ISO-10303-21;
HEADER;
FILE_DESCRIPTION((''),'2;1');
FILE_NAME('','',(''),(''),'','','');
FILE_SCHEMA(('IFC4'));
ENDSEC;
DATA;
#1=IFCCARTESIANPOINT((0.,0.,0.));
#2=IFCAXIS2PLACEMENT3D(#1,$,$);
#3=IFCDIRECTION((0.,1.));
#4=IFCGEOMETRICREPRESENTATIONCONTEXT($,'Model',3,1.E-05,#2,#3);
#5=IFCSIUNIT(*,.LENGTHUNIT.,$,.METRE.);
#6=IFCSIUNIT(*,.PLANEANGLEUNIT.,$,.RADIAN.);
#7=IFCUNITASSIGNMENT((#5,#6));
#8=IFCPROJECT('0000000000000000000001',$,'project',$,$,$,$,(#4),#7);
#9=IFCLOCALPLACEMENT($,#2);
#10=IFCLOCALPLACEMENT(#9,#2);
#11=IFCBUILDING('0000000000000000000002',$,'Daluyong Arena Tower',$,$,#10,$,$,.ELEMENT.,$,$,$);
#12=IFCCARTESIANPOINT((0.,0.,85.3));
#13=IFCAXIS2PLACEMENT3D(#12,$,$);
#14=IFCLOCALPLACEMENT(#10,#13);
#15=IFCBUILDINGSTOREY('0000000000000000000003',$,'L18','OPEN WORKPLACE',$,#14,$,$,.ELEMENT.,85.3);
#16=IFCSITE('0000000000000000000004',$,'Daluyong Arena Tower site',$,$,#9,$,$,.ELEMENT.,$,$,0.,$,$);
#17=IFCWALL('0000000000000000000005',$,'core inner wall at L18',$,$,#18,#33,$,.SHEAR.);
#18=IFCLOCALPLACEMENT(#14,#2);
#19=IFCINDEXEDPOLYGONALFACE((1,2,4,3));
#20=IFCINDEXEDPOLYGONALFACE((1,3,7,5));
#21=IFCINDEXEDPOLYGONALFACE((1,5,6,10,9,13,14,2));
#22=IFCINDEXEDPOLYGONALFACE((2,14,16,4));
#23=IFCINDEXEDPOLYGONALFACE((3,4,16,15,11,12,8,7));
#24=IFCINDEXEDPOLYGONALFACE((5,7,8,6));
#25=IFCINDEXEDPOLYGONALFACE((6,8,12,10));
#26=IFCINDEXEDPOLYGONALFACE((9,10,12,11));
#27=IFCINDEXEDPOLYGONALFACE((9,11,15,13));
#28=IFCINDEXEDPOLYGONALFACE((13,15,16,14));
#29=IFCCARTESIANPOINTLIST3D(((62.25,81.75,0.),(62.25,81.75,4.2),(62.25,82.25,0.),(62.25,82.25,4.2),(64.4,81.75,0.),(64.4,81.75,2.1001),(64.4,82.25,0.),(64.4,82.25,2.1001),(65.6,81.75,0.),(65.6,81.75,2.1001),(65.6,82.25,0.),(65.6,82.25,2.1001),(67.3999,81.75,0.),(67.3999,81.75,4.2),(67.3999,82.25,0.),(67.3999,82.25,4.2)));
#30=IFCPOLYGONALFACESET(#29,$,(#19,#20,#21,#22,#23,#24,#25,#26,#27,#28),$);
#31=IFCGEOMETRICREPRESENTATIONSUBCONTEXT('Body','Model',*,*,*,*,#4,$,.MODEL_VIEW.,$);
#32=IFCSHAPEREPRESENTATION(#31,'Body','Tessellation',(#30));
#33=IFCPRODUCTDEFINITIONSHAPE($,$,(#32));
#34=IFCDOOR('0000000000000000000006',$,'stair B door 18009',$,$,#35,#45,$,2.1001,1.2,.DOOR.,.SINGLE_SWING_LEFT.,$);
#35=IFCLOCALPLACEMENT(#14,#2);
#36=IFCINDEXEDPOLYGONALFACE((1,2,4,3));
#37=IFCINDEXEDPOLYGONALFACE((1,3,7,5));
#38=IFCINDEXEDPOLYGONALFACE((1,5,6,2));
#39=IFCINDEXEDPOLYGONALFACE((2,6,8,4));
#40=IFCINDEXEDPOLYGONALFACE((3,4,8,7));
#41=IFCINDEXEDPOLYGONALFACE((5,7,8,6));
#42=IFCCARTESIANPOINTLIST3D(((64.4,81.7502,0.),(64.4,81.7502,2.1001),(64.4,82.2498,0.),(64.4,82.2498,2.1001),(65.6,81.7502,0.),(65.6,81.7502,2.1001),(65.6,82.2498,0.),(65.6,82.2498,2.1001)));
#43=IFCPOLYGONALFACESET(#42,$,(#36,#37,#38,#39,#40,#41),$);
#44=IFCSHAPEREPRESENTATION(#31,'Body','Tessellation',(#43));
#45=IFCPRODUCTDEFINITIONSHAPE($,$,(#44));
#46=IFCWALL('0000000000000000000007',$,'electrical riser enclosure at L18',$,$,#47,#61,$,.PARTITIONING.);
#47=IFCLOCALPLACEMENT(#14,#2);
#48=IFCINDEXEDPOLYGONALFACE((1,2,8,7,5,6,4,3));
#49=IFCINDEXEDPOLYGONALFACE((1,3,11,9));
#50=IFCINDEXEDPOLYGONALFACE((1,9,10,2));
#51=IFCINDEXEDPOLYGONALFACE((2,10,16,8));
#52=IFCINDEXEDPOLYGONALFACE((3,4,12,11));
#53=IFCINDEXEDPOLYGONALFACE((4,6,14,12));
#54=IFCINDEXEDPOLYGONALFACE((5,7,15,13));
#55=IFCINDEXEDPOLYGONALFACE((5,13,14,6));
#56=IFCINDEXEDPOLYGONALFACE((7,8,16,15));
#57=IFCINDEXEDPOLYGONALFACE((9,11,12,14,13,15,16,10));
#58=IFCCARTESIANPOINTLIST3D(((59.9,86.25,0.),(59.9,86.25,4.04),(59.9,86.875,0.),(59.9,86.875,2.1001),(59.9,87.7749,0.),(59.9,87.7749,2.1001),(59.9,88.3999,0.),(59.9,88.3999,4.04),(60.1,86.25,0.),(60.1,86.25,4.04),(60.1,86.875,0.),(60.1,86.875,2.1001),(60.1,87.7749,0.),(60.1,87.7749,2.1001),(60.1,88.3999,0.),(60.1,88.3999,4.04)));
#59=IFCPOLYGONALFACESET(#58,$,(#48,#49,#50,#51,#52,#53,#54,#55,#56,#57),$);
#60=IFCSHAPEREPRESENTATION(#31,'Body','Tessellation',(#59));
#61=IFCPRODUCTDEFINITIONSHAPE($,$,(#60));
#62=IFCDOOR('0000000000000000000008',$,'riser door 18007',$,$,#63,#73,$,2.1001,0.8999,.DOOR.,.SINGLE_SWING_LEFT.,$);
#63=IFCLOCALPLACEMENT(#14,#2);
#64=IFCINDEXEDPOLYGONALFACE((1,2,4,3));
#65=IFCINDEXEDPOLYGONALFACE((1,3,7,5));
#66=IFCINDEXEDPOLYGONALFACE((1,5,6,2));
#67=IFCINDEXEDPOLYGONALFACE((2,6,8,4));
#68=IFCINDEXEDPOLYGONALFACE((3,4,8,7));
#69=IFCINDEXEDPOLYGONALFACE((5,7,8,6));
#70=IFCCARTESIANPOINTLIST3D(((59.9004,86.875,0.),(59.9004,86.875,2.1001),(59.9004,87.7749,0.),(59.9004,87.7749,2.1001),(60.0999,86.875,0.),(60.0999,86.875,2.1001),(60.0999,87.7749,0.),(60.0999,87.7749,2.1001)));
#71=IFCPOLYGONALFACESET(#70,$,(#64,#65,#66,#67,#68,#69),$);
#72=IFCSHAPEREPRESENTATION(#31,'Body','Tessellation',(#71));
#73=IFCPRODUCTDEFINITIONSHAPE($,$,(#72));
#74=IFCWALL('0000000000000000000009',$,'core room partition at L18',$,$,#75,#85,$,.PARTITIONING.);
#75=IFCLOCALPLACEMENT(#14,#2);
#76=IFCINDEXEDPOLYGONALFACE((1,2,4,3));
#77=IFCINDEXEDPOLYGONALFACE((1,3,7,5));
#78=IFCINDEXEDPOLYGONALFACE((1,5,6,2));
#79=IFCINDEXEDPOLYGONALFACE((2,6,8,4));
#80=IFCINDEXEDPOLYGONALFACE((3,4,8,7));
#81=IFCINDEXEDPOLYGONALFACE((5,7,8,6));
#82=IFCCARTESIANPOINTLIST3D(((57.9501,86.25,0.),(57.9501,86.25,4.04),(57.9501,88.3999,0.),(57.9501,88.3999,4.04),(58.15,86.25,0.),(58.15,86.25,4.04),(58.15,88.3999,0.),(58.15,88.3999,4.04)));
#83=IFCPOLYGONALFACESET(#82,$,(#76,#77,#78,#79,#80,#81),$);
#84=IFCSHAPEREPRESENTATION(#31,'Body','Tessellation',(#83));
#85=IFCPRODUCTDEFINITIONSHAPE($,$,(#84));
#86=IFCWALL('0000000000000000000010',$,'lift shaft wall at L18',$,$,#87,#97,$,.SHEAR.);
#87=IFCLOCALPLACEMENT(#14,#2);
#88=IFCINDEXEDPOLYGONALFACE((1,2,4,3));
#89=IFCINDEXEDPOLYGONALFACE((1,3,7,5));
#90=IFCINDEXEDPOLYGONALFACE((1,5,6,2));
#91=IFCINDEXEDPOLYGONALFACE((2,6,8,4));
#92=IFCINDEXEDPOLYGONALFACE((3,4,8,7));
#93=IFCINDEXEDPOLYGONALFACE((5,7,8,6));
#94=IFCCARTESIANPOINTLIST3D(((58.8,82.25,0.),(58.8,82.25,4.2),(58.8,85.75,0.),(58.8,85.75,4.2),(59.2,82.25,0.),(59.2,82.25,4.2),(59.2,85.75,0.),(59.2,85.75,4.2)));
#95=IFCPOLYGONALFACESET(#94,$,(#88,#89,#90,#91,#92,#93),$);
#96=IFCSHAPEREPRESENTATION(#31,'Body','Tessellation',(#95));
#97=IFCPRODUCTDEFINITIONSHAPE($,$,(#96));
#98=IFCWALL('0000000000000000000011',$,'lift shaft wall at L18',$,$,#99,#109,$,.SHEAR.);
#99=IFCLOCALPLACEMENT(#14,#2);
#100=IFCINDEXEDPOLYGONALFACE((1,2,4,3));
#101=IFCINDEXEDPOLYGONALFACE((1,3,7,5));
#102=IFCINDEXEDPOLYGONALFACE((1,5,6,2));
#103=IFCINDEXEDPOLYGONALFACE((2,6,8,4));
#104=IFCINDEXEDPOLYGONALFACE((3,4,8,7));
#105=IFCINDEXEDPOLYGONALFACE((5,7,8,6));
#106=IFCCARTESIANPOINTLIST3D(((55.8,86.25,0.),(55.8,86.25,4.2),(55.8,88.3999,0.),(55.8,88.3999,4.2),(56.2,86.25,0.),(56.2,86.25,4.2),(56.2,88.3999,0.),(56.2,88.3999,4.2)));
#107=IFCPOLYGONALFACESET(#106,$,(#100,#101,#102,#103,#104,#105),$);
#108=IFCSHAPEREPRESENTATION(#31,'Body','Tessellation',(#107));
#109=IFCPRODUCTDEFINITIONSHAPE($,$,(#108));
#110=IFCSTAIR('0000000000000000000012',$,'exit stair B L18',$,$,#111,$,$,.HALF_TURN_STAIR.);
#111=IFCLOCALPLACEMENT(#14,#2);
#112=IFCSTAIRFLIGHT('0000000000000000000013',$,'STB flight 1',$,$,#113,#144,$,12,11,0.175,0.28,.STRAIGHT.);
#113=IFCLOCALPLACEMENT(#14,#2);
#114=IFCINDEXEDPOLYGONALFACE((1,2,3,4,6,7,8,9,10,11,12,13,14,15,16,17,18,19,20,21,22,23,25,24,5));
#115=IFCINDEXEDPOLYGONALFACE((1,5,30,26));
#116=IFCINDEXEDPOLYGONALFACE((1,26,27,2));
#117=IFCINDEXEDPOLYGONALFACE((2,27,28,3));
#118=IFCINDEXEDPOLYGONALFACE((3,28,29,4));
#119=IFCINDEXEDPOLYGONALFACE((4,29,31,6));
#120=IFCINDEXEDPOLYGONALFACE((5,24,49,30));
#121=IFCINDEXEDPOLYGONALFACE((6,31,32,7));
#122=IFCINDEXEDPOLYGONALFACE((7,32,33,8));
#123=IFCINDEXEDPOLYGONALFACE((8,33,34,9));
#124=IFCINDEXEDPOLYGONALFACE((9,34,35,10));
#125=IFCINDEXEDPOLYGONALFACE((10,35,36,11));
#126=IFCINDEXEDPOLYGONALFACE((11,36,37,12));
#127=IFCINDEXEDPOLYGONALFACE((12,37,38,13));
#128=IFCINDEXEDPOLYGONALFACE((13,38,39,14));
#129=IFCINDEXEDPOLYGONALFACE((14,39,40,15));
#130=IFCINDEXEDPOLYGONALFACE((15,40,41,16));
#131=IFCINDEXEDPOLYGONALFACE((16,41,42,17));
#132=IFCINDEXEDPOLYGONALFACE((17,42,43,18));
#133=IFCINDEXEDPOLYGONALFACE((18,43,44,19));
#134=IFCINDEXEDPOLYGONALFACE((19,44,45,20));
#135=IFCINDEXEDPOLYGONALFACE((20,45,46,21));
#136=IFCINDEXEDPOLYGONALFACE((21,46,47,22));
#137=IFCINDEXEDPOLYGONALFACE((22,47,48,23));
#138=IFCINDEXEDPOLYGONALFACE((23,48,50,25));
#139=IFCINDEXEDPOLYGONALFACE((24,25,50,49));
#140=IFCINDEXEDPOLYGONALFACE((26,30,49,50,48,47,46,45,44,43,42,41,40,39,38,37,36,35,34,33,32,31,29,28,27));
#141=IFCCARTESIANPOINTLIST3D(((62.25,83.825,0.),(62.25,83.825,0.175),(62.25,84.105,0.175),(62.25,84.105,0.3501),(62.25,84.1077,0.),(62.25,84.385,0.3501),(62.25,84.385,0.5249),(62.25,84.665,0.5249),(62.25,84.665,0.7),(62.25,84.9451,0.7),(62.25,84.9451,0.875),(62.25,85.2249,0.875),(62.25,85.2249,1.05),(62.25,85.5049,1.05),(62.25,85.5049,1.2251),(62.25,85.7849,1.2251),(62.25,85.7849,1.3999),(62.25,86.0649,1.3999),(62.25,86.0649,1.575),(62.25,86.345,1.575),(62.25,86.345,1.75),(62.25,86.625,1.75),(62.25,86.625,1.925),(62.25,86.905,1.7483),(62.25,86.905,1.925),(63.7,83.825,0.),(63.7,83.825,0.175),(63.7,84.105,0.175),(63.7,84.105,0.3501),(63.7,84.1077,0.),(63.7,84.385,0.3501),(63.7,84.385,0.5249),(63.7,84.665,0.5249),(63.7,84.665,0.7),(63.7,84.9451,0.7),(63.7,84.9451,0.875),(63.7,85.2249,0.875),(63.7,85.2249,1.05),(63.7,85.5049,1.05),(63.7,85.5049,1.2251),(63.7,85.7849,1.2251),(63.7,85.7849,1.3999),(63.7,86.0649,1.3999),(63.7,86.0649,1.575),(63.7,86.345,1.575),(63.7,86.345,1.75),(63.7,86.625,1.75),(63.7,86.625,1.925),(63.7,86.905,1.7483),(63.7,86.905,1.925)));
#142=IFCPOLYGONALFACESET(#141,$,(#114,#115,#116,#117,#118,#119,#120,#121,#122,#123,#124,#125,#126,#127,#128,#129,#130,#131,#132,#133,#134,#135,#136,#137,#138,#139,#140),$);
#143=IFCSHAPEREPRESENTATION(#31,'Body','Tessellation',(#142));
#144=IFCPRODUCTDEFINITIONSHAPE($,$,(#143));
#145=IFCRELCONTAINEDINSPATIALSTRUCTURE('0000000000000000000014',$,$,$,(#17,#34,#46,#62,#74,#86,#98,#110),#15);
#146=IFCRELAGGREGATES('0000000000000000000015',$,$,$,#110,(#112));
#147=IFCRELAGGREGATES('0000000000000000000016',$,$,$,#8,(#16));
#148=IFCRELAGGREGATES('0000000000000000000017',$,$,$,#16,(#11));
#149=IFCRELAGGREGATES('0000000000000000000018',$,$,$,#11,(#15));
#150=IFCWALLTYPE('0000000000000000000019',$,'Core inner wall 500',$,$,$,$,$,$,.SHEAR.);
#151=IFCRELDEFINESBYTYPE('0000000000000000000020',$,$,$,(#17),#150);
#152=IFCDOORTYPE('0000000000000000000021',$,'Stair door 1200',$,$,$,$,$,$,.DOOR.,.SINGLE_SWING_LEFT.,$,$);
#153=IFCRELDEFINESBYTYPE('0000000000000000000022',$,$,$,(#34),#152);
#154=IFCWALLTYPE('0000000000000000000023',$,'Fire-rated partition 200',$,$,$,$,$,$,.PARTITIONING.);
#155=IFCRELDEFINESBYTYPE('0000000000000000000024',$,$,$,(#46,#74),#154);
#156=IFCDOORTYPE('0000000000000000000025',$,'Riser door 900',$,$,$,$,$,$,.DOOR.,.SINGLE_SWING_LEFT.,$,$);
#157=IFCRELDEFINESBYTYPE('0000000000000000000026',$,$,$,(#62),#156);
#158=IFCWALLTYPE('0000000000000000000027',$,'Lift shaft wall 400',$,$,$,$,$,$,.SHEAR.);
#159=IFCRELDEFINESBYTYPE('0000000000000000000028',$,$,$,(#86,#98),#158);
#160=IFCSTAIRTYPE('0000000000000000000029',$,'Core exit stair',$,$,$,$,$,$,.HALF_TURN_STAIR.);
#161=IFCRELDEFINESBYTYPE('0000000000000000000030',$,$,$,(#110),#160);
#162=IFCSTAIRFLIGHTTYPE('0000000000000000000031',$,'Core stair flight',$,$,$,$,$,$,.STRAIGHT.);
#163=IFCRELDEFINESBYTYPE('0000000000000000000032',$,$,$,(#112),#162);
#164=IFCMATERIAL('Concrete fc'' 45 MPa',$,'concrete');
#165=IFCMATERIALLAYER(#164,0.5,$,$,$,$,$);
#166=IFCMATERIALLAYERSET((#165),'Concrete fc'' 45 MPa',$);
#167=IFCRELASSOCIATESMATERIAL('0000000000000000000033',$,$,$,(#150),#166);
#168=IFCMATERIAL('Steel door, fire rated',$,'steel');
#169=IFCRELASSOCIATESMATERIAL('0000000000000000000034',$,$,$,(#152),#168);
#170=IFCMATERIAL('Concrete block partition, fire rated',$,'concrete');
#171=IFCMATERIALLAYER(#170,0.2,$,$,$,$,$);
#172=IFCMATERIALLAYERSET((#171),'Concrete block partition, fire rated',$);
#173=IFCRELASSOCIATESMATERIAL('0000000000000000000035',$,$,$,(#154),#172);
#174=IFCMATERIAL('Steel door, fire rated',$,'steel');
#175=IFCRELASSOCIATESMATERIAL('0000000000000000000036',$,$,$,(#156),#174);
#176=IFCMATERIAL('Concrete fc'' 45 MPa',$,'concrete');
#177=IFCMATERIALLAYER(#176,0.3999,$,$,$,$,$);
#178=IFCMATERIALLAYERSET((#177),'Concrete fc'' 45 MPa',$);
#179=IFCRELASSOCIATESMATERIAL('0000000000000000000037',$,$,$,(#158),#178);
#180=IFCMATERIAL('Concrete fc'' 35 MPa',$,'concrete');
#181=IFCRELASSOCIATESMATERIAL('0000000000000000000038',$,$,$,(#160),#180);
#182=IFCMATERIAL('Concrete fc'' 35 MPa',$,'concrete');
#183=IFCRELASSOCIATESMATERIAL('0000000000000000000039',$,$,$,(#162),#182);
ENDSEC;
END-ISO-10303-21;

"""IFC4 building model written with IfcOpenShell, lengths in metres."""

from ifc_helpers import new_model, si_unit, direction, frame, frame_2d, origin, place, context, subcontext, project, spatial, polyline, rectangle, outline, extrude, material, layer, layer_set, type_object, element, fill, aggregate, save


model = new_model("IFC4")

# Units and contexts
model_context = context("Model", 3, precision=1e-05, world=origin(), true_north=direction((0.0, 1.0)))
body_context = subcontext(model_context, "Body", "Model", "MODEL_VIEW")
ifc_project = project(units=[si_unit("LENGTHUNIT", "METRE"), si_unit("PLANEANGLEUNIT", "RADIAN")], contexts=[model_context])

# Site, building, storey
site_placement = place(None, origin())
site = spatial("IfcSite", under=ifc_project, at=site_placement, Name="Daluyong Arena Tower site", CompositionType="ELEMENT", RefElevation=0.0)
building_placement = place(site_placement, origin())
building = spatial("IfcBuilding", under=site, at=building_placement, Name="Daluyong Arena Tower", CompositionType="ELEMENT")
storey_placement = place(building_placement, frame((0.0, 0.0, 85.3)))
storey = spatial("IfcBuildingStorey", under=building, at=storey_placement, Name="L18", Description="OPEN WORKPLACE", CompositionType="ELEMENT", Elevation=85.3)

# Walls, openings, doors
ifc_material_1 = material(Name="Concrete fc' 45 MPa", Category="concrete")
ifc_layer_1 = layer(ifc_material_1, 0.5)
ifc_layer_set_1 = layer_set([ifc_layer_1], Name="Concrete fc' 45 MPa")
wall_type_1 = type_object("IfcWallType", Name="Core inner wall 500", PredefinedType="SHEAR", material=ifc_layer_set_1)
wall_1_placement = place(storey_placement, frame((62.25, 82.0, 0.0), z_axis=(0.0, 0.0, 1.0), x_axis=(1.0, 0.0, 0.0)))
wall_1 = element("IfcWall", 1, at=wall_1_placement, inside=storey, type_object=wall_type_1, Name="core inner wall at L18", PredefinedType="SHEAR", context=body_context, shape_type="SweptSolid", body=[
    extrude(rectangle(XDim=5.1499, YDim=0.5, at=frame_2d((2.575, 0.0))), origin(), (0.0, 0.0, 1.0), 4.2),
])
opening_1_placement = place(wall_1_placement, frame((2.1499, 0.0, 0.0)))
opening_1 = element("IfcOpeningElement", 2, at=opening_1_placement, cuts=wall_1, PredefinedType="OPENING", context=body_context, shape_type="SweptSolid", body=[
    extrude(rectangle(XDim=1.2, YDim=2.1001, at=frame_2d((0.6001, 1.05))), frame((0.0, 0.26, 0.0), z_axis=(0.0, -1.0, 0.0), x_axis=(1.0, 0.0, 0.0)), (0.0, 0.0, 1.0), 0.52),
])
ifc_material_2 = material(Name="Steel door, fire rated", Category="steel")
door_type_1 = type_object("IfcDoorType", Name="Stair door 1200", OperationType="SINGLE_SWING_LEFT", PredefinedType="DOOR", material=ifc_material_2)
door_1_placement = place(opening_1_placement, origin())
door_1 = element("IfcDoor", 3, at=door_1_placement, inside=storey, type_object=door_type_1, Name="stair B door 18009", OperationType="SINGLE_SWING_LEFT", OverallHeight=2.1001, OverallWidth=1.2, PredefinedType="DOOR", context=body_context, shape_type="SweptSolid", body=[
    extrude(rectangle(XDim=1.2, YDim=2.1001, at=frame_2d((0.6001, 1.05))), frame((0.0, 0.2498, 0.0), z_axis=(0.0, -1.0, 0.0), x_axis=(1.0, 0.0, 0.0)), (0.0, 0.0, 1.0), 0.4995),
])
fill(opening_1, door_1)
ifc_material_3 = material(Name="Concrete block partition, fire rated", Category="concrete")
ifc_layer_2 = layer(ifc_material_3, 0.2)
ifc_layer_set_2 = layer_set([ifc_layer_2], Name="Concrete block partition, fire rated")
wall_type_2 = type_object("IfcWallType", Name="Fire-rated partition 200", PredefinedType="PARTITIONING", material=ifc_layer_set_2)
wall_2_placement = place(storey_placement, frame((60.0, 86.25, 0.0), z_axis=(0.0, 0.0, 1.0), x_axis=(0.0, 1.0, 0.0)))
wall_2 = element("IfcWall", 4, at=wall_2_placement, inside=storey, type_object=wall_type_2, Name="electrical riser enclosure at L18", PredefinedType="PARTITIONING", context=body_context, shape_type="SweptSolid", body=[
    extrude(rectangle(XDim=2.1499, YDim=0.2, at=frame_2d((1.075, 0.0))), origin(), (0.0, 0.0, 1.0), 4.04),
])
opening_2_placement = place(wall_2_placement, frame((0.625, 0.0, 0.0)))
opening_2 = element("IfcOpeningElement", 5, at=opening_2_placement, cuts=wall_2, PredefinedType="OPENING", context=body_context, shape_type="SweptSolid", body=[
    extrude(rectangle(XDim=0.8999, YDim=2.1001, at=frame_2d((0.45, 1.05))), frame((0.0, 0.1099, 0.0), z_axis=(0.0, -1.0, 0.0), x_axis=(1.0, 0.0, 0.0)), (0.0, 0.0, 1.0), 0.22),
])
ifc_material_4 = material(Name="Steel door, fire rated", Category="steel")
door_type_2 = type_object("IfcDoorType", Name="Riser door 900", OperationType="SINGLE_SWING_LEFT", PredefinedType="DOOR", material=ifc_material_4)
door_2_placement = place(opening_2_placement, origin())
door_2 = element("IfcDoor", 6, at=door_2_placement, inside=storey, type_object=door_type_2, Name="riser door 18007", OperationType="SINGLE_SWING_LEFT", OverallHeight=2.1001, OverallWidth=0.8999, PredefinedType="DOOR", context=body_context, shape_type="SweptSolid", body=[
    extrude(rectangle(XDim=0.8999, YDim=2.1001, at=frame_2d((0.45, 1.05))), frame((0.0, 0.0996, 0.0), z_axis=(0.0, -1.0, 0.0), x_axis=(1.0, 0.0, 0.0)), (0.0, 0.0, 1.0), 0.1995),
])
fill(opening_2, door_2)

# Walls
wall_3_placement = place(storey_placement, frame((58.05, 86.25, 0.0), z_axis=(0.0, 0.0, 1.0), x_axis=(0.0, 1.0, 0.0)))
element("IfcWall", 7, at=wall_3_placement, inside=storey, type_object=wall_type_2, Name="core room partition at L18", PredefinedType="PARTITIONING", context=body_context, shape_type="SweptSolid", body=[
    extrude(rectangle(XDim=2.1499, YDim=0.2, at=frame_2d((1.075, 0.0))), origin(), (0.0, 0.0, 1.0), 4.04),
])
ifc_material_5 = material(Name="Concrete fc' 45 MPa", Category="concrete")
ifc_layer_3 = layer(ifc_material_5, 0.3999)
ifc_layer_set_3 = layer_set([ifc_layer_3], Name="Concrete fc' 45 MPa")
wall_type_3 = type_object("IfcWallType", Name="Lift shaft wall 400", PredefinedType="SHEAR", material=ifc_layer_set_3)
wall_4_placement = place(storey_placement, frame((59.0, 82.25, 0.0), z_axis=(0.0, 0.0, 1.0), x_axis=(0.0, 1.0, 0.0)))
element("IfcWall", 8, at=wall_4_placement, inside=storey, type_object=wall_type_3, Name="lift shaft wall at L18", PredefinedType="SHEAR", context=body_context, shape_type="SweptSolid", body=[
    extrude(rectangle(XDim=3.5, YDim=0.3999, at=frame_2d((1.75, 0.0))), origin(), (0.0, 0.0, 1.0), 4.2),
])
wall_5_placement = place(storey_placement, frame((56.0, 86.25, 0.0), z_axis=(0.0, 0.0, 1.0), x_axis=(0.0, 1.0, 0.0)))
element("IfcWall", 9, at=wall_5_placement, inside=storey, type_object=wall_type_3, Name="lift shaft wall at L18", PredefinedType="SHEAR", context=body_context, shape_type="SweptSolid", body=[
    extrude(rectangle(XDim=2.1499, YDim=0.3999, at=frame_2d((1.075, 0.0))), origin(), (0.0, 0.0, 1.0), 4.2),
])

# Stair, stair flight
ifc_material_6 = material(Name="Concrete fc' 35 MPa", Category="concrete")
stair_type = type_object("IfcStairType", Name="Core exit stair", PredefinedType="HALF_TURN_STAIR", material=ifc_material_6)
stair_placement = place(storey_placement, origin())
stair = element("IfcStair", 10, at=stair_placement, inside=storey, type_object=stair_type, Name="exit stair B L18", PredefinedType="HALF_TURN_STAIR")
ifc_material_7 = material(Name="Concrete fc' 35 MPa", Category="concrete")
stair_flight_type = type_object("IfcStairFlightType", Name="Core stair flight", PredefinedType="STRAIGHT", material=ifc_material_7)
stair_flight_placement = place(storey_placement, frame((62.9751, 83.825, 0.0), z_axis=(0.0, 0.0, 1.0), x_axis=(0.0, 1.0, 0.0)))
stair_flight = element("IfcStairFlight", 11, at=stair_flight_placement, type_object=stair_flight_type, Name="STB flight 1", NumberOfRisers=12, NumberOfTreads=11, PredefinedType="STRAIGHT", RiserHeight=0.175, TreadLength=0.28, context=body_context, shape_type="SweptSolid", body=[
    extrude(outline(polyline([(0.0, 0.0), (0.0, 0.175), (0.28, 0.175), (0.28, 0.3501), (0.5601, 0.3501), (0.5601, 0.5249), (0.8401, 0.5249), (0.8401, 0.7), (1.1201, 0.7), (1.1201, 0.875), (1.3999, 0.875), (1.3999, 1.05), (1.6799, 1.05), (1.6799, 1.2251), (1.96, 1.2251), (1.96, 1.3999), (2.24, 1.3999), (2.24, 1.575), (2.52, 1.575), (2.52, 1.75), (2.8, 1.75), (2.8, 1.925), (3.0801, 1.925), (3.0801, 2.1001), (3.0801, 1.7483), (0.2827, 0.0), (0.0, 0.0)])), frame((0.0, 0.7251, 0.0), z_axis=(0.0, -1.0, 0.0), x_axis=(1.0, 0.0, 0.0)), (0.0, 0.0, 1.0), 1.45),
])
aggregate(stair, [stair_flight])

save(model, "model.ifc")
